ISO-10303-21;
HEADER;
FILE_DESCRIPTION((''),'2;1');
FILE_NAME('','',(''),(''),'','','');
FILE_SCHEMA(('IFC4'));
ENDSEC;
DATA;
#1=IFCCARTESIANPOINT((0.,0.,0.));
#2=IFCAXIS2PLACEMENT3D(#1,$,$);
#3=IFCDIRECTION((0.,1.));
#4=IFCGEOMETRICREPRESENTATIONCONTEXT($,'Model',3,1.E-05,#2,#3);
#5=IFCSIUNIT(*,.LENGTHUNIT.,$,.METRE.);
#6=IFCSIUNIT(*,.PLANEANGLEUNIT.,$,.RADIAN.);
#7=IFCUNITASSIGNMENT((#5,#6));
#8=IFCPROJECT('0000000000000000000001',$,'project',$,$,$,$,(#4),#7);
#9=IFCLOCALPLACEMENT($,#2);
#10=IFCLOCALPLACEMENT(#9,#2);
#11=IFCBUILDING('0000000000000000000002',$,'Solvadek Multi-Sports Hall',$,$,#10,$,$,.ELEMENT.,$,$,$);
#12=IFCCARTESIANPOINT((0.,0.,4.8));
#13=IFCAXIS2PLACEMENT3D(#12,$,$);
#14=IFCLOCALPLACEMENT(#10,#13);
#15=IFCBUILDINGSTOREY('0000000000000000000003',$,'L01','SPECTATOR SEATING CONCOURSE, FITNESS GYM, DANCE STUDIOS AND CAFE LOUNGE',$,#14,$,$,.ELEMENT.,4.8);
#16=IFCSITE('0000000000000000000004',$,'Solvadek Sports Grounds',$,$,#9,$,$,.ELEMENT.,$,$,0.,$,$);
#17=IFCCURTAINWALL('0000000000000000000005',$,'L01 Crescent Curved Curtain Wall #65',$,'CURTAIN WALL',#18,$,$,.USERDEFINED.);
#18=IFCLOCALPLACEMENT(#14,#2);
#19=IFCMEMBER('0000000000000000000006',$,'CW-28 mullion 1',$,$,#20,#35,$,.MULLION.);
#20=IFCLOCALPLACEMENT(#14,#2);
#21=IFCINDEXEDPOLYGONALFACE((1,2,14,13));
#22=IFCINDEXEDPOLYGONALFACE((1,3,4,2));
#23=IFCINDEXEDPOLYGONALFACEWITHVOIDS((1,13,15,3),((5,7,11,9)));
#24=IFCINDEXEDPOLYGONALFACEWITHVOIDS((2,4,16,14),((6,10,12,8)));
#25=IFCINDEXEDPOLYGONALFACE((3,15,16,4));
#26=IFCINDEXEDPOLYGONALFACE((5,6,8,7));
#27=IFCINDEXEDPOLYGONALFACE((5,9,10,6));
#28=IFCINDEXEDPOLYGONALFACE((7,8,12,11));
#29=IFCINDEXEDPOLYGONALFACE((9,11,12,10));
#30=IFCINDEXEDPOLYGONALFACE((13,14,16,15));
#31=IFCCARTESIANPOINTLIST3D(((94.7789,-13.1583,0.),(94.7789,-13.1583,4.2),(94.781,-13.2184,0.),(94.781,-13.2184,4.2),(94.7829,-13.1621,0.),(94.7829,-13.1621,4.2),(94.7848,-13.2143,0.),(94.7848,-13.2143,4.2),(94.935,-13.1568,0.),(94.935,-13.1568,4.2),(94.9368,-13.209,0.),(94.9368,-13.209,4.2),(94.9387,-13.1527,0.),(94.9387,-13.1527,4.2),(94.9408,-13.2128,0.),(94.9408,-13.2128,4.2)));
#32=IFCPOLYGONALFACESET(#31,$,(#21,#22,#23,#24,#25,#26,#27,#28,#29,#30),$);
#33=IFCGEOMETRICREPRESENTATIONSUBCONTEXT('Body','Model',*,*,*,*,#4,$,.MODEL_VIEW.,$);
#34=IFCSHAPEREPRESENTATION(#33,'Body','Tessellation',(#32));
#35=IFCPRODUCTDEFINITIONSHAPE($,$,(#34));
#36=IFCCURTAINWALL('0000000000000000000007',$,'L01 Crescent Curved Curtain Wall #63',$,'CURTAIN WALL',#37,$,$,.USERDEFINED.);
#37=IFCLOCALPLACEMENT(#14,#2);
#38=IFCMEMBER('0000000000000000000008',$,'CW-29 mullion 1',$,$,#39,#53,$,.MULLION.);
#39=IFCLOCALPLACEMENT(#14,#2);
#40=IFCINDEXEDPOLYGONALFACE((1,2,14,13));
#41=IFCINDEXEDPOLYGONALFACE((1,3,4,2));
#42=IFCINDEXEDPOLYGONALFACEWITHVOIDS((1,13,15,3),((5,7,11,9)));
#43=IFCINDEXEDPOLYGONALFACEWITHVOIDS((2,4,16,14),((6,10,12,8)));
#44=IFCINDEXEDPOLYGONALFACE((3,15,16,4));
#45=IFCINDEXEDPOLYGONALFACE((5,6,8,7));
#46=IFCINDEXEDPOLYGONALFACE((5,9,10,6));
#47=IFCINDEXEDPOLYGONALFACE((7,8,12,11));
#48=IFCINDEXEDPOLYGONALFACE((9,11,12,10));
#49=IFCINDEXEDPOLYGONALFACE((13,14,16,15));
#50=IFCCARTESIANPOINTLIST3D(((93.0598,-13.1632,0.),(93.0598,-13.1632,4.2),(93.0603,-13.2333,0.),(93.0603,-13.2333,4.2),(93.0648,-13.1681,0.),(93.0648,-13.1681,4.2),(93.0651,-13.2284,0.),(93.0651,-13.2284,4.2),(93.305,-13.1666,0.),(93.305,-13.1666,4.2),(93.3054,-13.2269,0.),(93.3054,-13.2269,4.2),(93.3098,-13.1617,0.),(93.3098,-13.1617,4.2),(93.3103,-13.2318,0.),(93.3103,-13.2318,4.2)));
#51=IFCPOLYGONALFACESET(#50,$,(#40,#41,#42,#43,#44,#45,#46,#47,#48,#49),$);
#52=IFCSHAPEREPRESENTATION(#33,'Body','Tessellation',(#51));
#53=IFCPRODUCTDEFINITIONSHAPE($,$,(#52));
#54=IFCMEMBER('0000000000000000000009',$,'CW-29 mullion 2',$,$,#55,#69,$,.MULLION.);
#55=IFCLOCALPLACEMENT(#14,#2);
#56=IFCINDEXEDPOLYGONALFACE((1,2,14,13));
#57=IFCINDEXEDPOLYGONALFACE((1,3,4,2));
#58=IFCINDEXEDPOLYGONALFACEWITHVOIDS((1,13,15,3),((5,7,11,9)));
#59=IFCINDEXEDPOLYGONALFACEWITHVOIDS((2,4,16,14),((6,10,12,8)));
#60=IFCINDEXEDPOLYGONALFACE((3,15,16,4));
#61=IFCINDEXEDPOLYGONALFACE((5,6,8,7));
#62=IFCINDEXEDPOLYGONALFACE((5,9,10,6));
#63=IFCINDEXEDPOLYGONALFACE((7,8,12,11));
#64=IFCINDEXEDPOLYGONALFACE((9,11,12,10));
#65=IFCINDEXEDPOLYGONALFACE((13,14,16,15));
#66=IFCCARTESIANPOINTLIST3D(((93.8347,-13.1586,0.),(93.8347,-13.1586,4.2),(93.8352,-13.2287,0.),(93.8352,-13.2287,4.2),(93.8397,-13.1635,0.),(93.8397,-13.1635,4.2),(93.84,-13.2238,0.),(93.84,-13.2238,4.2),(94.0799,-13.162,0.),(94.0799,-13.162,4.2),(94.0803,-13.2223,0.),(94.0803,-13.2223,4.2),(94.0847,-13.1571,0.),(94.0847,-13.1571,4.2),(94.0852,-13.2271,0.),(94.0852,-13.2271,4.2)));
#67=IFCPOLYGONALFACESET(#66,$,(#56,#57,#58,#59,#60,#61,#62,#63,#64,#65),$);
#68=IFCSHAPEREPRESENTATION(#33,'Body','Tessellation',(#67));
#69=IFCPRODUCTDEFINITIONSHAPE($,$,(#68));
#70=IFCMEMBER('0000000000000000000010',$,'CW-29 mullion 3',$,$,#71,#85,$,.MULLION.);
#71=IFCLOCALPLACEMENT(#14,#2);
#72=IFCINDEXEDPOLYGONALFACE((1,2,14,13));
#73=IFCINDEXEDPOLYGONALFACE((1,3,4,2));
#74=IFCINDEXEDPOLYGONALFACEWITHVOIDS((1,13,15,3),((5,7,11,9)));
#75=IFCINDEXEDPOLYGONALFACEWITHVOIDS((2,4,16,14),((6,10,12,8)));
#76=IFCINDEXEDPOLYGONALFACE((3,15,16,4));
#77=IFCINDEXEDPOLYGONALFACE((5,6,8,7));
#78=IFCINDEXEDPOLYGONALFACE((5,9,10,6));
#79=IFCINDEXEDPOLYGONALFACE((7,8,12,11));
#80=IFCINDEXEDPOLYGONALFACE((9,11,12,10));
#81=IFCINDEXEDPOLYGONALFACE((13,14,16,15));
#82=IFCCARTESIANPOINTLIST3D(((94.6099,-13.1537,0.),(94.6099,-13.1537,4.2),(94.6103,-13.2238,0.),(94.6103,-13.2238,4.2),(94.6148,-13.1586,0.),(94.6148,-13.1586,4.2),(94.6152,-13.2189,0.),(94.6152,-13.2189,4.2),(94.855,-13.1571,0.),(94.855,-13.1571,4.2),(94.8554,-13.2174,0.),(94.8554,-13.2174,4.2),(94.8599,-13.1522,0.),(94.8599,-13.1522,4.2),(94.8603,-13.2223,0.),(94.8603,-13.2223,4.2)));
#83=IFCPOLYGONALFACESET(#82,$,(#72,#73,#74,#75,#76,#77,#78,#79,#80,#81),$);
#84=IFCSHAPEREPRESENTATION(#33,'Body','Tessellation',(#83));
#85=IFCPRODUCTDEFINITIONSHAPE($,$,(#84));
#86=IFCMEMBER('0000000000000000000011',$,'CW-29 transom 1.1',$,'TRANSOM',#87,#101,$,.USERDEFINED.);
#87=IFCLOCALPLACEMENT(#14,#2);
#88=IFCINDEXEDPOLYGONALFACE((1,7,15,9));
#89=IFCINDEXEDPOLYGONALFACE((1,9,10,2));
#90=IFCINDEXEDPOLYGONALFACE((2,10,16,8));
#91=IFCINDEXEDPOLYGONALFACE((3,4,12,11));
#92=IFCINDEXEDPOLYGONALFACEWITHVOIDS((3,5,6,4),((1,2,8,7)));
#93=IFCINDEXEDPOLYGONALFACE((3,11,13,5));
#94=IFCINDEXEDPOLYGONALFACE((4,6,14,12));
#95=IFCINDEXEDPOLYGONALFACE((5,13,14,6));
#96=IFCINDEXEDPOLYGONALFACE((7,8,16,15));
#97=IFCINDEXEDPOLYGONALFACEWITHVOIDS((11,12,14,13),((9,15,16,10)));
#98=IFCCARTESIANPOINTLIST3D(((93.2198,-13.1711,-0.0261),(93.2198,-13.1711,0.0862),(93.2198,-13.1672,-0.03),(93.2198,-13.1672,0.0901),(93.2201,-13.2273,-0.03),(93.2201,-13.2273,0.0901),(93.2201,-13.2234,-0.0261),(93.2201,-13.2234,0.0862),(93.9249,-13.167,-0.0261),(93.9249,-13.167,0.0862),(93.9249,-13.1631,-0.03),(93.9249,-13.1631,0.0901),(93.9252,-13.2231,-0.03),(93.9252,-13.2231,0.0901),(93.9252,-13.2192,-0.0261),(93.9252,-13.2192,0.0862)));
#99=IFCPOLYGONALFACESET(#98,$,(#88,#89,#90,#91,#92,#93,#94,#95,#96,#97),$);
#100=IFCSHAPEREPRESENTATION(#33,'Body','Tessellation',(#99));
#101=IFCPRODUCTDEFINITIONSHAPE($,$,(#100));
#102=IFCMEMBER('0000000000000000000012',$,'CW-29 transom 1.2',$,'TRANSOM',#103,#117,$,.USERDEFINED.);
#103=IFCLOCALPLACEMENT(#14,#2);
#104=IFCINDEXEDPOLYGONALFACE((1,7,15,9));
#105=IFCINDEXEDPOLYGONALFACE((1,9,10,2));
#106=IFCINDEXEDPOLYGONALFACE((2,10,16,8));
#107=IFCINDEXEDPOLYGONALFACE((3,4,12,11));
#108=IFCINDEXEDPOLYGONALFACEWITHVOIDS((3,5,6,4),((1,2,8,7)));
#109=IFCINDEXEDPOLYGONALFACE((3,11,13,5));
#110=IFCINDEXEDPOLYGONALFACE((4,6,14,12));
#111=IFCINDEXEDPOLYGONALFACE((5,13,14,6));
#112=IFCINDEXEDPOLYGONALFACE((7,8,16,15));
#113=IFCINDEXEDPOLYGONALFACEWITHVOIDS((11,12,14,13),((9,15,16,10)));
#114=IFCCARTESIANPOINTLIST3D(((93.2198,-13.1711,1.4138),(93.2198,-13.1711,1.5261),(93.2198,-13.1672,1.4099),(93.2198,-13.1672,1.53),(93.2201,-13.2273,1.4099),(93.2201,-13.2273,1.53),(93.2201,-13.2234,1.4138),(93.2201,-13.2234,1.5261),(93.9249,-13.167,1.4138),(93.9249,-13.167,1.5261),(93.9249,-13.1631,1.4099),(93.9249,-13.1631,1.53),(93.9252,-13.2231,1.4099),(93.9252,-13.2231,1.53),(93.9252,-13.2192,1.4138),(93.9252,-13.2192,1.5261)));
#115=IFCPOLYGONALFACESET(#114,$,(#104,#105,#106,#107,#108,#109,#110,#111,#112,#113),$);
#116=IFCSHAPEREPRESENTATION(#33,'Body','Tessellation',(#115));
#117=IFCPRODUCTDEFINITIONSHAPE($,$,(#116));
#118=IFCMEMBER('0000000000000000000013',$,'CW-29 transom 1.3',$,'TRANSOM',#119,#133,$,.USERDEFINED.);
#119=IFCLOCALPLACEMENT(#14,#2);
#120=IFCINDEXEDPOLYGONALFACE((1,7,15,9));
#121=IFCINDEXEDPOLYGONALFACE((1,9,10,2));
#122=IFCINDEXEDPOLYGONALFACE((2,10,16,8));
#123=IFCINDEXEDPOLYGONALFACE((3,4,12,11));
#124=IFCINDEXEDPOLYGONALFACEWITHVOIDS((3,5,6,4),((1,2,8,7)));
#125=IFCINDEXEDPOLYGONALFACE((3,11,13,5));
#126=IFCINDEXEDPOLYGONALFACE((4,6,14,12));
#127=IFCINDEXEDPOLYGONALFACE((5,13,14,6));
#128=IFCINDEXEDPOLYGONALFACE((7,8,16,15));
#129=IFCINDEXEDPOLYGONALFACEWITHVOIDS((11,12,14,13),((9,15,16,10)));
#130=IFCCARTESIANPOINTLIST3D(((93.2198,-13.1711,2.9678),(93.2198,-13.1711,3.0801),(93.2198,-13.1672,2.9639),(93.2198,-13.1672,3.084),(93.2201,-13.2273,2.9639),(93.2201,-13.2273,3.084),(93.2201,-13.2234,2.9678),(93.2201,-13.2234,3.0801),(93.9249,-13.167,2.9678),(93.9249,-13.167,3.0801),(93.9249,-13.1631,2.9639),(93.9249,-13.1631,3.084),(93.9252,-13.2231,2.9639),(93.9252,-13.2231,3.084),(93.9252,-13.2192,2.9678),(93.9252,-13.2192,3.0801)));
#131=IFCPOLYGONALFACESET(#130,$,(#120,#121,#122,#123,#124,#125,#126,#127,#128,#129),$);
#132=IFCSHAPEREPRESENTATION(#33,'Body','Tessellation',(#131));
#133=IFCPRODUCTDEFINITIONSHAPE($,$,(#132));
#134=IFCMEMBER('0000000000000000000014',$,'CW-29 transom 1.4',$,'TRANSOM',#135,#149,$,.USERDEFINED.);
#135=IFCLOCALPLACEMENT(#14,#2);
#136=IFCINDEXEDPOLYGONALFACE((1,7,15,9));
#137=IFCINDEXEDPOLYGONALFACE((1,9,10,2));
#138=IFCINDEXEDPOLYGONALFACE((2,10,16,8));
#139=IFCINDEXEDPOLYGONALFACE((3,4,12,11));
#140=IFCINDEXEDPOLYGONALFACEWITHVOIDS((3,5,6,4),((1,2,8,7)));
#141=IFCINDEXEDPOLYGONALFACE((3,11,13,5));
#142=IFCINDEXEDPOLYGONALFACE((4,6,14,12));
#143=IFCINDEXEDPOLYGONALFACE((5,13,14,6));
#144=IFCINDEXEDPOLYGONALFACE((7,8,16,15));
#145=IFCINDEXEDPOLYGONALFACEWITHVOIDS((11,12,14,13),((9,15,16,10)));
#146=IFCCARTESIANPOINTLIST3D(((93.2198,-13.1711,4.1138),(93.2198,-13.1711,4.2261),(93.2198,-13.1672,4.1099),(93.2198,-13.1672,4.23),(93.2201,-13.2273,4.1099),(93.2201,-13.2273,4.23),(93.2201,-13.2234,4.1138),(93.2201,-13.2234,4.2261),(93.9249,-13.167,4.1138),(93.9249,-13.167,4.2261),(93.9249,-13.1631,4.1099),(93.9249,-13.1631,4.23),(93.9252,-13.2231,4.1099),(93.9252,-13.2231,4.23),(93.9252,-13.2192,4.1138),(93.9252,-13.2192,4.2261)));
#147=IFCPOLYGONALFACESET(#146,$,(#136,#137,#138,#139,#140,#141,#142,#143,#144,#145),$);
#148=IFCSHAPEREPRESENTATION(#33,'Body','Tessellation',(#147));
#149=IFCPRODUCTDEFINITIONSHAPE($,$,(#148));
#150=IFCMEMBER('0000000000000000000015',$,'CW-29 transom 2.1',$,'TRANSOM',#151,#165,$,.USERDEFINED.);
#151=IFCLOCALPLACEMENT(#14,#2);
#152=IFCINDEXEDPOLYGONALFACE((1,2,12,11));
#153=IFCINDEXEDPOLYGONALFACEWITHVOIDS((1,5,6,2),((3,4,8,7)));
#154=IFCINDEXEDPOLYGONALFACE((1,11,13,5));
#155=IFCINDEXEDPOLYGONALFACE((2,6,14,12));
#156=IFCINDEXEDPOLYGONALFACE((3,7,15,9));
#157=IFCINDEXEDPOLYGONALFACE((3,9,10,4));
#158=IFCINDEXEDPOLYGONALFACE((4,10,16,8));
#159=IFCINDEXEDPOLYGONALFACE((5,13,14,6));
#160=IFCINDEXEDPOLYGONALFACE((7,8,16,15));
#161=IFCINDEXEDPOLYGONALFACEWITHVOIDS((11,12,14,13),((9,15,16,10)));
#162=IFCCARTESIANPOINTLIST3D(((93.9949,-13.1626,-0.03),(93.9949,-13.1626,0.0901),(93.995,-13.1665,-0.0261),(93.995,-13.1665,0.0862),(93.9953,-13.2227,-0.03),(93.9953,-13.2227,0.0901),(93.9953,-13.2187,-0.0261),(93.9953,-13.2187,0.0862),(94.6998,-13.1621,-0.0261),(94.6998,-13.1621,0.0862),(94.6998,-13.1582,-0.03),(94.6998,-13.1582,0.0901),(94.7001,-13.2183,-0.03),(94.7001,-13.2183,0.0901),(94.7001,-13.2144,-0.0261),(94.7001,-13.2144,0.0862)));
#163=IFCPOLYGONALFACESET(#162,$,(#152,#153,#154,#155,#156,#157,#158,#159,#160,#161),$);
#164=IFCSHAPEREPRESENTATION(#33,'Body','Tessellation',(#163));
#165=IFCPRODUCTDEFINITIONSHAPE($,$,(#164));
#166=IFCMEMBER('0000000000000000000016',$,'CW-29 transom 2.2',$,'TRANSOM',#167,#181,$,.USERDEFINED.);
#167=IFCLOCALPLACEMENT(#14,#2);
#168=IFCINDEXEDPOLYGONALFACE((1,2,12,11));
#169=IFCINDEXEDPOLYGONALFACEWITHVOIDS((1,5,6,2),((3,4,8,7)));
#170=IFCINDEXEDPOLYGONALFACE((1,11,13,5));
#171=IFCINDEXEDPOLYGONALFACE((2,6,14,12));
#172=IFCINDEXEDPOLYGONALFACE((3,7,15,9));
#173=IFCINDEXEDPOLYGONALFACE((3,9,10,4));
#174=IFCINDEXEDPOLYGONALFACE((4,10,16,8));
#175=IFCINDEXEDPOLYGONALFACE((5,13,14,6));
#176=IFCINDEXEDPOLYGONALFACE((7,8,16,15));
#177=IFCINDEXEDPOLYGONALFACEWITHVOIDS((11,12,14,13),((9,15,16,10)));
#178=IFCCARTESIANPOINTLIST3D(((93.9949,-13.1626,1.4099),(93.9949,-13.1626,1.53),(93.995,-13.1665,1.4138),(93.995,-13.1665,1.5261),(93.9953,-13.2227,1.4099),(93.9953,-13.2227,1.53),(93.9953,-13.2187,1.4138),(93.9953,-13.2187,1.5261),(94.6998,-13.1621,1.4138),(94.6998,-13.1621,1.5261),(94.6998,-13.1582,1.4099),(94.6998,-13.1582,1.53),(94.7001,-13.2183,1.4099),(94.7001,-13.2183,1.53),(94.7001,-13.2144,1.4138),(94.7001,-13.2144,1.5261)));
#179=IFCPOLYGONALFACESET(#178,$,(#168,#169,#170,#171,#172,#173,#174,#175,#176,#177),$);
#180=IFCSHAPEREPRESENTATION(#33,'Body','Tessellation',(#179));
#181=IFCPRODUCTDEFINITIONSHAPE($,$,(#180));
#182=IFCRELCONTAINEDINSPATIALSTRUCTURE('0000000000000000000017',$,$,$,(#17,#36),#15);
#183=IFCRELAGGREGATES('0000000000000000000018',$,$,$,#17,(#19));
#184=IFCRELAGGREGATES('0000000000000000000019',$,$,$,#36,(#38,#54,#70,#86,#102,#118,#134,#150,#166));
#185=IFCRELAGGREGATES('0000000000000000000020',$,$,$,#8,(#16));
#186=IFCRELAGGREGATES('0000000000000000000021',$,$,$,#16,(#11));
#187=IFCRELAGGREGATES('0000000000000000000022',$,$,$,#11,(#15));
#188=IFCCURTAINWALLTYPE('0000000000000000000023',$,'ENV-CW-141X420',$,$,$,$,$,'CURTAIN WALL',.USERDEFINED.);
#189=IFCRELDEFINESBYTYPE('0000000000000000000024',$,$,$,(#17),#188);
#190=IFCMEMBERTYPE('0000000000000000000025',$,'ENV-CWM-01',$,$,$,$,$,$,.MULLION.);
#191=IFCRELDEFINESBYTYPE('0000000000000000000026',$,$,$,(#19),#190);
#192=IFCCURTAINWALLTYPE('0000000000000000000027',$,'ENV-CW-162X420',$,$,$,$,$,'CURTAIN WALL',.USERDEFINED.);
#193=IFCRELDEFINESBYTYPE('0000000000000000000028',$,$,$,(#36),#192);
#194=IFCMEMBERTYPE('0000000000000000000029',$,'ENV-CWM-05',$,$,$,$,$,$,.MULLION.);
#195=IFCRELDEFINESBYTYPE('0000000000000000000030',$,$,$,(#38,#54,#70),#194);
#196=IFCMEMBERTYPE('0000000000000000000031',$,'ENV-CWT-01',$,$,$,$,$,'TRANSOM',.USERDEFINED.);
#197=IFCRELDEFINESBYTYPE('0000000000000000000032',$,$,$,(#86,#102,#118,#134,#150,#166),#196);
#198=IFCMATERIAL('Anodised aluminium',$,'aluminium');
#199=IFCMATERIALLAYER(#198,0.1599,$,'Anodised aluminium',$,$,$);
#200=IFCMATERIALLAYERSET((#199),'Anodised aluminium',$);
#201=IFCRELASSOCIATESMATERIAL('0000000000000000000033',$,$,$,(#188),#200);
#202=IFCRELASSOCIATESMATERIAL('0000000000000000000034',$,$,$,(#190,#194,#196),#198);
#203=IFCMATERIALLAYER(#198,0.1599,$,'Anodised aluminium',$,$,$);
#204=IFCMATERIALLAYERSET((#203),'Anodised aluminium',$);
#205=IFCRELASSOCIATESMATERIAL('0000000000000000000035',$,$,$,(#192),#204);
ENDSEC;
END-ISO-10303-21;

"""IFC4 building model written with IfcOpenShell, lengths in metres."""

from ifc_helpers import new_model, si_unit, direction, frame, origin, origin_2d, place, context, subcontext, project, spatial, hollow_rectangle, extrude, material, layer, layer_set, material_profile, profile_set, type_object, element, aggregate, save


model = new_model("IFC4")

# Units and contexts
model_context = context("Model", 3, precision=1e-05, world=origin(), true_north=direction((0.0, 1.0)))
body_context = subcontext(model_context, "Body", "Model", "MODEL_VIEW")
ifc_project = project(units=[si_unit("LENGTHUNIT", "METRE"), si_unit("PLANEANGLEUNIT", "RADIAN")], contexts=[model_context])

# Site, building, storey
site_placement = place(None, origin())
site = spatial("IfcSite", under=ifc_project, at=site_placement, Name="Solvadek Sports Grounds", CompositionType="ELEMENT", RefElevation=0.0)
building_placement = place(site_placement, origin())
building = spatial("IfcBuilding", under=site, at=building_placement, Name="Solvadek Multi-Sports Hall", CompositionType="ELEMENT")
storey_placement = place(building_placement, frame((0.0, 0.0, 4.8)))
storey = spatial("IfcBuildingStorey", under=building, at=storey_placement, Name="L01", Description="SPECTATOR SEATING CONCOURSE, FITNESS GYM, DANCE STUDIOS AND CAFE LOUNGE", CompositionType="ELEMENT", Elevation=4.8)

# Curtain wall, member
ifc_material_1 = material(Name="Anodised aluminium", Category="aluminium")
ifc_layer_1 = layer(ifc_material_1, 0.1599, Name="Anodised aluminium")
ifc_layer_set_1 = layer_set([ifc_layer_1], Name="Anodised aluminium")
curtain_wall_type_1 = type_object("IfcCurtainWallType", Name="ENV-CW-141X420", ElementType="CURTAIN WALL", PredefinedType="USERDEFINED", material=ifc_layer_set_1)
curtain_wall_1_placement = place(storey_placement, origin())
curtain_wall_1 = element("IfcCurtainWall", 1, at=curtain_wall_1_placement, inside=storey, type_object=curtain_wall_type_1, Name="L01 Crescent Curved Curtain Wall #65", ObjectType="CURTAIN WALL", PredefinedType="USERDEFINED")
ifc_material_profile_1 = material_profile(ifc_material_1, hollow_rectangle(XDim=0.0601, YDim=0.1599, WallThickness=0.0039, at=origin_2d()), Name="ALU-M 160x60x4")
ifc_profile_set_1 = profile_set([ifc_material_profile_1], Name="Anodised aluminium")
member_type_1 = type_object("IfcMemberType", Name="ENV-CWM-01", PredefinedType="MULLION", material=ifc_profile_set_1)
member_1_placement = place(storey_placement, frame((94.8599, -13.1855, 0.0), z_axis=(0.0, 0.0, 1.0), x_axis=(-0.035011, 0.999387, 0.0)))
member_1 = element("IfcMember", 2, at=member_1_placement, type_object=member_type_1, Name="CW-28 mullion 1", PredefinedType="MULLION", context=body_context, shape_type="SweptSolid", body=[
    extrude(hollow_rectangle(XDim=0.0601, YDim=0.1599, WallThickness=0.0039, at=origin_2d()), origin(), (0.0, 0.0, 1.0), 4.2),
])

# Curtain wall, members
ifc_layer_2 = layer(ifc_material_1, 0.1599, Name="Anodised aluminium")
ifc_layer_set_2 = layer_set([ifc_layer_2], Name="Anodised aluminium")
curtain_wall_type_2 = type_object("IfcCurtainWallType", Name="ENV-CW-162X420", ElementType="CURTAIN WALL", PredefinedType="USERDEFINED", material=ifc_layer_set_2)
curtain_wall_2_placement = place(storey_placement, origin())
curtain_wall_2 = element("IfcCurtainWall", 3, at=curtain_wall_2_placement, inside=storey, type_object=curtain_wall_type_2, Name="L01 Crescent Curved Curtain Wall #63", ObjectType="CURTAIN WALL", PredefinedType="USERDEFINED")
ifc_material_profile_2 = material_profile(ifc_material_1, hollow_rectangle(XDim=0.0701, YDim=0.25, WallThickness=0.0049, at=origin_2d()), Name="ALU-M 250x70x5")
ifc_profile_set_2 = profile_set([ifc_material_profile_2], Name="Anodised aluminium")
member_type_2 = type_object("IfcMemberType", Name="ENV-CWM-05", PredefinedType="MULLION", material=ifc_profile_set_2)
member_2_placement = place(storey_placement, frame((93.1851, -13.1975, 0.0), z_axis=(0.0, 0.0, 1.0), x_axis=(-0.006173, 0.999981, 0.0)))
member_2 = element("IfcMember", 4, at=member_2_placement, type_object=member_type_2, Name="CW-29 mullion 1", PredefinedType="MULLION", context=body_context, shape_type="SweptSolid", body=[
    extrude(hollow_rectangle(XDim=0.0701, YDim=0.25, WallThickness=0.0049, at=origin_2d()), origin(), (0.0, 0.0, 1.0), 4.2),
])
member_3_placement = place(storey_placement, frame((93.96, -13.1929, 0.0), z_axis=(0.0, 0.0, 1.0), x_axis=(-0.006173, 0.999981, 0.0)))
member_3 = element("IfcMember", 5, at=member_3_placement, type_object=member_type_2, Name="CW-29 mullion 2", PredefinedType="MULLION", context=body_context, shape_type="SweptSolid", body=[
    extrude(hollow_rectangle(XDim=0.0701, YDim=0.25, WallThickness=0.0049, at=origin_2d()), origin(), (0.0, 0.0, 1.0), 4.2),
])
member_4_placement = place(storey_placement, frame((94.7351, -13.188, 0.0), z_axis=(0.0, 0.0, 1.0), x_axis=(-0.006173, 0.999981, 0.0)))
member_4 = element("IfcMember", 6, at=member_4_placement, type_object=member_type_2, Name="CW-29 mullion 3", PredefinedType="MULLION", context=body_context, shape_type="SweptSolid", body=[
    extrude(hollow_rectangle(XDim=0.0701, YDim=0.25, WallThickness=0.0049, at=origin_2d()), origin(), (0.0, 0.0, 1.0), 4.2),
])
ifc_material_profile_3 = material_profile(ifc_material_1, hollow_rectangle(XDim=0.0601, YDim=0.1201, WallThickness=0.0039, at=origin_2d()), Name="ALU-T 120x60x4")
ifc_profile_set_3 = profile_set([ifc_material_profile_3], Name="Anodised aluminium")
member_type_3 = type_object("IfcMemberType", Name="ENV-CWT-01", ElementType="TRANSOM", PredefinedType="USERDEFINED", material=ifc_profile_set_3)
member_5_placement = place(storey_placement, frame((93.22, -13.1973, 0.03), z_axis=(0.999983, 0.005886, 0.0), x_axis=(-0.005886, 0.999983, 0.0)))
member_5 = element("IfcMember", 7, at=member_5_placement, type_object=member_type_3, Name="CW-29 transom 1.1", ObjectType="TRANSOM", PredefinedType="USERDEFINED", context=body_context, shape_type="SweptSolid", body=[
    extrude(hollow_rectangle(XDim=0.0601, YDim=0.1201, WallThickness=0.0039, at=origin_2d()), origin(), (0.0, 0.0, 1.0), 0.7051),
])
member_6_placement = place(storey_placement, frame((93.22, -13.1973, 1.47), z_axis=(0.999983, 0.005886, 0.0), x_axis=(-0.005886, 0.999983, 0.0)))
member_6 = element("IfcMember", 8, at=member_6_placement, type_object=member_type_3, Name="CW-29 transom 1.2", ObjectType="TRANSOM", PredefinedType="USERDEFINED", context=body_context, shape_type="SweptSolid", body=[
    extrude(hollow_rectangle(XDim=0.0601, YDim=0.1201, WallThickness=0.0039, at=origin_2d()), origin(), (0.0, 0.0, 1.0), 0.7051),
])
member_7_placement = place(storey_placement, frame((93.22, -13.1973, 3.0239), z_axis=(0.999983, 0.005886, 0.0), x_axis=(-0.005886, 0.999983, 0.0)))
member_7 = element("IfcMember", 9, at=member_7_placement, type_object=member_type_3, Name="CW-29 transom 1.3", ObjectType="TRANSOM", PredefinedType="USERDEFINED", context=body_context, shape_type="SweptSolid", body=[
    extrude(hollow_rectangle(XDim=0.0601, YDim=0.1201, WallThickness=0.0039, at=origin_2d()), origin(), (0.0, 0.0, 1.0), 0.7051),
])
member_8_placement = place(storey_placement, frame((93.22, -13.1973, 4.1699), z_axis=(0.999983, 0.005886, 0.0), x_axis=(-0.005886, 0.999983, 0.0)))
member_8 = element("IfcMember", 10, at=member_8_placement, type_object=member_type_3, Name="CW-29 transom 1.4", ObjectType="TRANSOM", PredefinedType="USERDEFINED", context=body_context, shape_type="SweptSolid", body=[
    extrude(hollow_rectangle(XDim=0.0601, YDim=0.1201, WallThickness=0.0039, at=origin_2d()), origin(), (0.0, 0.0, 1.0), 0.7051),
])
member_9_placement = place(storey_placement, frame((93.9951, -13.1926, 0.03), z_axis=(0.999981, 0.006235, 0.0), x_axis=(-0.006235, 0.999981, 0.0)))
member_9 = element("IfcMember", 11, at=member_9_placement, type_object=member_type_3, Name="CW-29 transom 2.1", ObjectType="TRANSOM", PredefinedType="USERDEFINED", context=body_context, shape_type="SweptSolid", body=[
    extrude(hollow_rectangle(XDim=0.0601, YDim=0.1201, WallThickness=0.0039, at=origin_2d()), origin(), (0.0, 0.0, 1.0), 0.7048),
])
member_10_placement = place(storey_placement, frame((93.9951, -13.1926, 1.47), z_axis=(0.999981, 0.006235, 0.0), x_axis=(-0.006235, 0.999981, 0.0)))
member_10 = element("IfcMember", 12, at=member_10_placement, type_object=member_type_3, Name="CW-29 transom 2.2", ObjectType="TRANSOM", PredefinedType="USERDEFINED", context=body_context, shape_type="SweptSolid", body=[
    extrude(hollow_rectangle(XDim=0.0601, YDim=0.1201, WallThickness=0.0039, at=origin_2d()), origin(), (0.0, 0.0, 1.0), 0.7048),
])

aggregate(curtain_wall_1, [member_1])

aggregate(curtain_wall_2, [member_2, member_3, member_4, member_5, member_6, member_7, member_8, member_9, member_10])

save(model, "model.ifc")
